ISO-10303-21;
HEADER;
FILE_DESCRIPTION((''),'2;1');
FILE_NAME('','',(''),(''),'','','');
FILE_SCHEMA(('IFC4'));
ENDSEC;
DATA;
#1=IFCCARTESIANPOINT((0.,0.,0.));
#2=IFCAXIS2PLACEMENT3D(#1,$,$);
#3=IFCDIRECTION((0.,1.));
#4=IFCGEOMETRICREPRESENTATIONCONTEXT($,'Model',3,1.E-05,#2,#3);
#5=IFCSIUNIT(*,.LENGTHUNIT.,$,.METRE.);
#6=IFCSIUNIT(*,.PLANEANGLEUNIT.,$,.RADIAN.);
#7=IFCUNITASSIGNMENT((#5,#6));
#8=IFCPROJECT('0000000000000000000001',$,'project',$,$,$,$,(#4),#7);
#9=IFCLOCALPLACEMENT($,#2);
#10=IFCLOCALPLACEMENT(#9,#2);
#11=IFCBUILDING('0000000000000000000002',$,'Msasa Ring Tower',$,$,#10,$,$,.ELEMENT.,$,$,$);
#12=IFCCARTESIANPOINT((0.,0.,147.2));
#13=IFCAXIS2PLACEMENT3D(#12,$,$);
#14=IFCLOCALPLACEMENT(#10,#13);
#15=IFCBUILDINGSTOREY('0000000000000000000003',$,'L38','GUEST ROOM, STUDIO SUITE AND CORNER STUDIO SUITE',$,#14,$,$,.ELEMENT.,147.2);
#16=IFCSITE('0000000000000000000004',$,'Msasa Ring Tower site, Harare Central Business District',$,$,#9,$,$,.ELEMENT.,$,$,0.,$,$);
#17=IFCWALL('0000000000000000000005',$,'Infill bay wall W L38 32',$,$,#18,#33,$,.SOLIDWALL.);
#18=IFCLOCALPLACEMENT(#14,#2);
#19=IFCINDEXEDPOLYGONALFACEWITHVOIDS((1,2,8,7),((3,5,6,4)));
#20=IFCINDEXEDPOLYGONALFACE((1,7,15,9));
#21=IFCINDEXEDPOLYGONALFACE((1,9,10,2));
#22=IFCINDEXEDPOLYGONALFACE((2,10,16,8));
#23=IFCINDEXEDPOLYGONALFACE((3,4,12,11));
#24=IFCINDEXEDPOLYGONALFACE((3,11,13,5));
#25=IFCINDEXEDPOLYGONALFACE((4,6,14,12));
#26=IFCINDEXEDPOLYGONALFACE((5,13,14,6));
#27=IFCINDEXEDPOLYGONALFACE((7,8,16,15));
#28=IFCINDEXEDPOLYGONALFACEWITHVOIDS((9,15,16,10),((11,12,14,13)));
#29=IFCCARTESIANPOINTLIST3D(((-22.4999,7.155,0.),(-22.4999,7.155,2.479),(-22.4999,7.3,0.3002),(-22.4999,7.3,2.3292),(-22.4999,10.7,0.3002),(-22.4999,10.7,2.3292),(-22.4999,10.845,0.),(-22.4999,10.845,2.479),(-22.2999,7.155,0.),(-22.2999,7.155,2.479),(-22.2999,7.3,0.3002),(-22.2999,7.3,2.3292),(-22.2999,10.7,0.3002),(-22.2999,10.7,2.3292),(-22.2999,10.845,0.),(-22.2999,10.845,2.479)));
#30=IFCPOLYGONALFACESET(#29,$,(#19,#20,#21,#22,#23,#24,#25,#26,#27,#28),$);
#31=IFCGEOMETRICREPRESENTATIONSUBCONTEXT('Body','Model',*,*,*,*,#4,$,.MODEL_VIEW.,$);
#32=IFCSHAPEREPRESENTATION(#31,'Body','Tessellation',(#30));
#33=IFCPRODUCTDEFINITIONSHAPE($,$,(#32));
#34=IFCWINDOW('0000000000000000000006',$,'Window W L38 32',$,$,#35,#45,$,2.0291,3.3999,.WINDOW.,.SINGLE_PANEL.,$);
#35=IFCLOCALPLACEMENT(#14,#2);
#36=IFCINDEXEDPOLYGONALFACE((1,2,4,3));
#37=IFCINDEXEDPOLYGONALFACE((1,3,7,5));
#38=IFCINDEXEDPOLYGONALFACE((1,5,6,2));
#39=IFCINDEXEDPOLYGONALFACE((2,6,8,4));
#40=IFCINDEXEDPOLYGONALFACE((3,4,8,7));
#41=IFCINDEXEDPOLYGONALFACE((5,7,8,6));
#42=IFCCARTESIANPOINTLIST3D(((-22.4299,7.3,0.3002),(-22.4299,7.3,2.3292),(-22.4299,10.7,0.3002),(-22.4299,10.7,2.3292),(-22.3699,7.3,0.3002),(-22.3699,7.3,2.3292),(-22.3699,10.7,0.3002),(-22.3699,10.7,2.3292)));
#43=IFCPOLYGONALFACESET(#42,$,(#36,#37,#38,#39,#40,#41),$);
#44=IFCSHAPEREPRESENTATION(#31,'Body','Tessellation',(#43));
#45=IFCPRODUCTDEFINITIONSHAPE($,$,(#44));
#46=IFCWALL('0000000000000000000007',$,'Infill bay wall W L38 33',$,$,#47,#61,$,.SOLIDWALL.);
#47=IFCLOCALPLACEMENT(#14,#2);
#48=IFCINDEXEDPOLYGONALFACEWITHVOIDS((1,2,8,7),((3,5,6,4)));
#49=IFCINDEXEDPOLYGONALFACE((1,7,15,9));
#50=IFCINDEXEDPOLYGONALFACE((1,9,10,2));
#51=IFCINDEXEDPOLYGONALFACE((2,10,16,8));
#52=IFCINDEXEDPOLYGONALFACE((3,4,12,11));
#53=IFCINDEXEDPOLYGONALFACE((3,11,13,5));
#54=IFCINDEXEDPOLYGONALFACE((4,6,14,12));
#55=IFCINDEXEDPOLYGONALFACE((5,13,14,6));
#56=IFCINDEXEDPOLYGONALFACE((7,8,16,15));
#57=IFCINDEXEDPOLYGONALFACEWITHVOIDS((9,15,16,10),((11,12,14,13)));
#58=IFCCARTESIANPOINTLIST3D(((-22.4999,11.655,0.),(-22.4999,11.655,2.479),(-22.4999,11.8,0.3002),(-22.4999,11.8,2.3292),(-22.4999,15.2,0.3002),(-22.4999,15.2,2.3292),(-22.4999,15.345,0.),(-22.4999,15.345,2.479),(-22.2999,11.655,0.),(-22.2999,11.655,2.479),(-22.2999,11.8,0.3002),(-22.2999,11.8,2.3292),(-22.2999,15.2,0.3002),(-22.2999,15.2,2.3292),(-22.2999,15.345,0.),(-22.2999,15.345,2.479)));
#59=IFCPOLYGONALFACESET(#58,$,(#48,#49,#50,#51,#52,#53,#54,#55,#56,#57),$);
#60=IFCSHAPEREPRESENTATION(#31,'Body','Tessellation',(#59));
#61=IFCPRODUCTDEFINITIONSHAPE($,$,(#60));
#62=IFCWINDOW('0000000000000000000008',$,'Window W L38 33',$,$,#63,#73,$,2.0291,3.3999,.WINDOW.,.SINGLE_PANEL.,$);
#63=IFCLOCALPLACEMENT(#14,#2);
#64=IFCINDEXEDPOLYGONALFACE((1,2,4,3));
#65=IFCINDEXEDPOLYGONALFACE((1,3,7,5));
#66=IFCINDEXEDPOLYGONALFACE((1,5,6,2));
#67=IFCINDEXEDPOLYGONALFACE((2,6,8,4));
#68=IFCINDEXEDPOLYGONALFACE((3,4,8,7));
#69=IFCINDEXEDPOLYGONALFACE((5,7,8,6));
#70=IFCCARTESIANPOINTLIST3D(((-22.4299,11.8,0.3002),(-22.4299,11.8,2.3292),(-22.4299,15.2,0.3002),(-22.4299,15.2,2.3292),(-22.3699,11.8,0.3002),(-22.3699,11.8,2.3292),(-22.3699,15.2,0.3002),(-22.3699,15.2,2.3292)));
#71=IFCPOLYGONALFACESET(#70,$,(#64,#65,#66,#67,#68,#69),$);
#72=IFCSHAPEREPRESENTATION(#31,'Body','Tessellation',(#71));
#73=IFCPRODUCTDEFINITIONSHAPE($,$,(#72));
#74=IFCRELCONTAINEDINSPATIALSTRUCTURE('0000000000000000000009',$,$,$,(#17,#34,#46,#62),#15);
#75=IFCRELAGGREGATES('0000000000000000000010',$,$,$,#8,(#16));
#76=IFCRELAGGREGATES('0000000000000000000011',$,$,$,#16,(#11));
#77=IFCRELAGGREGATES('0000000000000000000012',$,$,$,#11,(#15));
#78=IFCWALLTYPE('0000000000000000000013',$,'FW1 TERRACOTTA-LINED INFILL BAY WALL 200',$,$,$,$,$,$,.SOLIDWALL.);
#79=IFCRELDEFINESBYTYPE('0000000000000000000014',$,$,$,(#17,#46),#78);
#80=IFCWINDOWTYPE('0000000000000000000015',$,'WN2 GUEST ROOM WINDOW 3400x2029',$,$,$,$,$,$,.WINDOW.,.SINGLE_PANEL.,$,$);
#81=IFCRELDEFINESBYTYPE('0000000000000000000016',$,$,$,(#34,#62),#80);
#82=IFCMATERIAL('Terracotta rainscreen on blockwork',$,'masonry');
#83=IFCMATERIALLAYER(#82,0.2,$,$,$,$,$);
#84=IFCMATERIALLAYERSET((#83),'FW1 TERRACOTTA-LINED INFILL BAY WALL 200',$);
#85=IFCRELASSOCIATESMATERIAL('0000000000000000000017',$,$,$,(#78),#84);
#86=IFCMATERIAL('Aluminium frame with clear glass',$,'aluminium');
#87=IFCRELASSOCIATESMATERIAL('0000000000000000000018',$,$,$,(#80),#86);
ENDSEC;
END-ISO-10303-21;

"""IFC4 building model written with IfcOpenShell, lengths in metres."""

from ifc_helpers import new_model, si_unit, direction, frame, frame_2d, origin, place, context, subcontext, project, spatial, rectangle, extrude, material, layer, layer_set, type_object, element, fill, save


model = new_model("IFC4")

# Units and contexts
model_context = context("Model", 3, precision=1e-05, world=origin(), true_north=direction((0.0, 1.0)))
body_context = subcontext(model_context, "Body", "Model", "MODEL_VIEW")
ifc_project = project(units=[si_unit("LENGTHUNIT", "METRE"), si_unit("PLANEANGLEUNIT", "RADIAN")], contexts=[model_context])

# Site, building, storey
site_placement = place(None, origin())
site = spatial("IfcSite", under=ifc_project, at=site_placement, Name="Msasa Ring Tower site, Harare Central Business District", CompositionType="ELEMENT", RefElevation=0.0)
building_placement = place(site_placement, origin())
building = spatial("IfcBuilding", under=site, at=building_placement, Name="Msasa Ring Tower", CompositionType="ELEMENT")
storey_placement = place(building_placement, frame((0.0, 0.0, 147.2)))
storey = spatial("IfcBuildingStorey", under=building, at=storey_placement, Name="L38", Description="GUEST ROOM, STUDIO SUITE AND CORNER STUDIO SUITE", CompositionType="ELEMENT", Elevation=147.2)

# Walls, openings, windows
ifc_material_1 = material(Name="Terracotta rainscreen on blockwork", Category="masonry")
ifc_layer_1 = layer(ifc_material_1, 0.2)
ifc_layer_set_1 = layer_set([ifc_layer_1], Name="FW1 TERRACOTTA-LINED INFILL BAY WALL 200")
wall_type_1 = type_object("IfcWallType", Name="FW1 TERRACOTTA-LINED INFILL BAY WALL 200", PredefinedType="SOLIDWALL", material=ifc_layer_set_1)
wall_1_placement = place(storey_placement, frame((-22.3999, 7.155, 0.0), z_axis=(0.0, 0.0, 1.0), x_axis=(0.0, 1.0, 0.0)))
wall_1 = element("IfcWall", 1, at=wall_1_placement, inside=storey, type_object=wall_type_1, Name="Infill bay wall W L38 32", PredefinedType="SOLIDWALL", context=body_context, shape_type="SweptSolid", body=[
    extrude(rectangle(XDim=3.6899, YDim=0.2, at=frame_2d((1.845, 0.0))), origin(), (0.0, 0.0, 1.0), 2.479),
])
opening_1_placement = place(wall_1_placement, frame((0.145, 0.0, 0.3)))
opening_1 = element("IfcOpeningElement", 2, at=opening_1_placement, cuts=wall_1, PredefinedType="OPENING", context=body_context, shape_type="SweptSolid", body=[
    extrude(rectangle(XDim=3.3999, YDim=2.0291, at=frame_2d((1.7, 1.0146))), frame((0.0, 0.1099, 0.0), z_axis=(0.0, -1.0, 0.0), x_axis=(1.0, 0.0, 0.0)), (0.0, 0.0, 1.0), 0.22),
])
ifc_material_2 = material(Name="Aluminium frame with clear glass", Category="aluminium")
window_type = type_object("IfcWindowType", Name="WN2 GUEST ROOM WINDOW 3400x2029", PartitioningType="SINGLE_PANEL", PredefinedType="WINDOW", material=ifc_material_2)
window_1_placement = place(opening_1_placement, origin())
window_1 = element("IfcWindow", 3, at=window_1_placement, inside=storey, type_object=window_type, Name="Window W L38 32", OverallHeight=2.0291, OverallWidth=3.3999, PartitioningType="SINGLE_PANEL", PredefinedType="WINDOW", context=body_context, shape_type="SweptSolid", body=[
    extrude(rectangle(XDim=3.3999, YDim=2.0291, at=frame_2d((1.7, 1.0146))), frame((0.0, 0.03, 0.0), z_axis=(0.0, -1.0, 0.0), x_axis=(1.0, 0.0, 0.0)), (0.0, 0.0, 1.0), 0.0601),
])
fill(opening_1, window_1)
wall_2_placement = place(storey_placement, frame((-22.3999, 11.655, 0.0), z_axis=(0.0, 0.0, 1.0), x_axis=(0.0, 1.0, 0.0)))
wall_2 = element("IfcWall", 4, at=wall_2_placement, inside=storey, type_object=wall_type_1, Name="Infill bay wall W L38 33", PredefinedType="SOLIDWALL", context=body_context, shape_type="SweptSolid", body=[
    extrude(rectangle(XDim=3.6899, YDim=0.2, at=frame_2d((1.845, 0.0))), origin(), (0.0, 0.0, 1.0), 2.479),
])
opening_2_placement = place(wall_2_placement, frame((0.145, 0.0, 0.3)))
opening_2 = element("IfcOpeningElement", 5, at=opening_2_placement, cuts=wall_2, PredefinedType="OPENING", context=body_context, shape_type="SweptSolid", body=[
    extrude(rectangle(XDim=3.3999, YDim=2.0291, at=frame_2d((1.7, 1.0146))), frame((0.0, 0.1099, 0.0), z_axis=(0.0, -1.0, 0.0), x_axis=(1.0, 0.0, 0.0)), (0.0, 0.0, 1.0), 0.22),
])
window_2_placement = place(opening_2_placement, origin())
window_2 = element("IfcWindow", 6, at=window_2_placement, inside=storey, type_object=window_type, Name="Window W L38 33", OverallHeight=2.0291, OverallWidth=3.3999, PartitioningType="SINGLE_PANEL", PredefinedType="WINDOW", context=body_context, shape_type="SweptSolid", body=[
    extrude(rectangle(XDim=3.3999, YDim=2.0291, at=frame_2d((1.7, 1.0146))), frame((0.0, 0.03, 0.0), z_axis=(0.0, -1.0, 0.0), x_axis=(1.0, 0.0, 0.0)), (0.0, 0.0, 1.0), 0.0601),
])
fill(opening_2, window_2)

save(model, "model.ifc")
